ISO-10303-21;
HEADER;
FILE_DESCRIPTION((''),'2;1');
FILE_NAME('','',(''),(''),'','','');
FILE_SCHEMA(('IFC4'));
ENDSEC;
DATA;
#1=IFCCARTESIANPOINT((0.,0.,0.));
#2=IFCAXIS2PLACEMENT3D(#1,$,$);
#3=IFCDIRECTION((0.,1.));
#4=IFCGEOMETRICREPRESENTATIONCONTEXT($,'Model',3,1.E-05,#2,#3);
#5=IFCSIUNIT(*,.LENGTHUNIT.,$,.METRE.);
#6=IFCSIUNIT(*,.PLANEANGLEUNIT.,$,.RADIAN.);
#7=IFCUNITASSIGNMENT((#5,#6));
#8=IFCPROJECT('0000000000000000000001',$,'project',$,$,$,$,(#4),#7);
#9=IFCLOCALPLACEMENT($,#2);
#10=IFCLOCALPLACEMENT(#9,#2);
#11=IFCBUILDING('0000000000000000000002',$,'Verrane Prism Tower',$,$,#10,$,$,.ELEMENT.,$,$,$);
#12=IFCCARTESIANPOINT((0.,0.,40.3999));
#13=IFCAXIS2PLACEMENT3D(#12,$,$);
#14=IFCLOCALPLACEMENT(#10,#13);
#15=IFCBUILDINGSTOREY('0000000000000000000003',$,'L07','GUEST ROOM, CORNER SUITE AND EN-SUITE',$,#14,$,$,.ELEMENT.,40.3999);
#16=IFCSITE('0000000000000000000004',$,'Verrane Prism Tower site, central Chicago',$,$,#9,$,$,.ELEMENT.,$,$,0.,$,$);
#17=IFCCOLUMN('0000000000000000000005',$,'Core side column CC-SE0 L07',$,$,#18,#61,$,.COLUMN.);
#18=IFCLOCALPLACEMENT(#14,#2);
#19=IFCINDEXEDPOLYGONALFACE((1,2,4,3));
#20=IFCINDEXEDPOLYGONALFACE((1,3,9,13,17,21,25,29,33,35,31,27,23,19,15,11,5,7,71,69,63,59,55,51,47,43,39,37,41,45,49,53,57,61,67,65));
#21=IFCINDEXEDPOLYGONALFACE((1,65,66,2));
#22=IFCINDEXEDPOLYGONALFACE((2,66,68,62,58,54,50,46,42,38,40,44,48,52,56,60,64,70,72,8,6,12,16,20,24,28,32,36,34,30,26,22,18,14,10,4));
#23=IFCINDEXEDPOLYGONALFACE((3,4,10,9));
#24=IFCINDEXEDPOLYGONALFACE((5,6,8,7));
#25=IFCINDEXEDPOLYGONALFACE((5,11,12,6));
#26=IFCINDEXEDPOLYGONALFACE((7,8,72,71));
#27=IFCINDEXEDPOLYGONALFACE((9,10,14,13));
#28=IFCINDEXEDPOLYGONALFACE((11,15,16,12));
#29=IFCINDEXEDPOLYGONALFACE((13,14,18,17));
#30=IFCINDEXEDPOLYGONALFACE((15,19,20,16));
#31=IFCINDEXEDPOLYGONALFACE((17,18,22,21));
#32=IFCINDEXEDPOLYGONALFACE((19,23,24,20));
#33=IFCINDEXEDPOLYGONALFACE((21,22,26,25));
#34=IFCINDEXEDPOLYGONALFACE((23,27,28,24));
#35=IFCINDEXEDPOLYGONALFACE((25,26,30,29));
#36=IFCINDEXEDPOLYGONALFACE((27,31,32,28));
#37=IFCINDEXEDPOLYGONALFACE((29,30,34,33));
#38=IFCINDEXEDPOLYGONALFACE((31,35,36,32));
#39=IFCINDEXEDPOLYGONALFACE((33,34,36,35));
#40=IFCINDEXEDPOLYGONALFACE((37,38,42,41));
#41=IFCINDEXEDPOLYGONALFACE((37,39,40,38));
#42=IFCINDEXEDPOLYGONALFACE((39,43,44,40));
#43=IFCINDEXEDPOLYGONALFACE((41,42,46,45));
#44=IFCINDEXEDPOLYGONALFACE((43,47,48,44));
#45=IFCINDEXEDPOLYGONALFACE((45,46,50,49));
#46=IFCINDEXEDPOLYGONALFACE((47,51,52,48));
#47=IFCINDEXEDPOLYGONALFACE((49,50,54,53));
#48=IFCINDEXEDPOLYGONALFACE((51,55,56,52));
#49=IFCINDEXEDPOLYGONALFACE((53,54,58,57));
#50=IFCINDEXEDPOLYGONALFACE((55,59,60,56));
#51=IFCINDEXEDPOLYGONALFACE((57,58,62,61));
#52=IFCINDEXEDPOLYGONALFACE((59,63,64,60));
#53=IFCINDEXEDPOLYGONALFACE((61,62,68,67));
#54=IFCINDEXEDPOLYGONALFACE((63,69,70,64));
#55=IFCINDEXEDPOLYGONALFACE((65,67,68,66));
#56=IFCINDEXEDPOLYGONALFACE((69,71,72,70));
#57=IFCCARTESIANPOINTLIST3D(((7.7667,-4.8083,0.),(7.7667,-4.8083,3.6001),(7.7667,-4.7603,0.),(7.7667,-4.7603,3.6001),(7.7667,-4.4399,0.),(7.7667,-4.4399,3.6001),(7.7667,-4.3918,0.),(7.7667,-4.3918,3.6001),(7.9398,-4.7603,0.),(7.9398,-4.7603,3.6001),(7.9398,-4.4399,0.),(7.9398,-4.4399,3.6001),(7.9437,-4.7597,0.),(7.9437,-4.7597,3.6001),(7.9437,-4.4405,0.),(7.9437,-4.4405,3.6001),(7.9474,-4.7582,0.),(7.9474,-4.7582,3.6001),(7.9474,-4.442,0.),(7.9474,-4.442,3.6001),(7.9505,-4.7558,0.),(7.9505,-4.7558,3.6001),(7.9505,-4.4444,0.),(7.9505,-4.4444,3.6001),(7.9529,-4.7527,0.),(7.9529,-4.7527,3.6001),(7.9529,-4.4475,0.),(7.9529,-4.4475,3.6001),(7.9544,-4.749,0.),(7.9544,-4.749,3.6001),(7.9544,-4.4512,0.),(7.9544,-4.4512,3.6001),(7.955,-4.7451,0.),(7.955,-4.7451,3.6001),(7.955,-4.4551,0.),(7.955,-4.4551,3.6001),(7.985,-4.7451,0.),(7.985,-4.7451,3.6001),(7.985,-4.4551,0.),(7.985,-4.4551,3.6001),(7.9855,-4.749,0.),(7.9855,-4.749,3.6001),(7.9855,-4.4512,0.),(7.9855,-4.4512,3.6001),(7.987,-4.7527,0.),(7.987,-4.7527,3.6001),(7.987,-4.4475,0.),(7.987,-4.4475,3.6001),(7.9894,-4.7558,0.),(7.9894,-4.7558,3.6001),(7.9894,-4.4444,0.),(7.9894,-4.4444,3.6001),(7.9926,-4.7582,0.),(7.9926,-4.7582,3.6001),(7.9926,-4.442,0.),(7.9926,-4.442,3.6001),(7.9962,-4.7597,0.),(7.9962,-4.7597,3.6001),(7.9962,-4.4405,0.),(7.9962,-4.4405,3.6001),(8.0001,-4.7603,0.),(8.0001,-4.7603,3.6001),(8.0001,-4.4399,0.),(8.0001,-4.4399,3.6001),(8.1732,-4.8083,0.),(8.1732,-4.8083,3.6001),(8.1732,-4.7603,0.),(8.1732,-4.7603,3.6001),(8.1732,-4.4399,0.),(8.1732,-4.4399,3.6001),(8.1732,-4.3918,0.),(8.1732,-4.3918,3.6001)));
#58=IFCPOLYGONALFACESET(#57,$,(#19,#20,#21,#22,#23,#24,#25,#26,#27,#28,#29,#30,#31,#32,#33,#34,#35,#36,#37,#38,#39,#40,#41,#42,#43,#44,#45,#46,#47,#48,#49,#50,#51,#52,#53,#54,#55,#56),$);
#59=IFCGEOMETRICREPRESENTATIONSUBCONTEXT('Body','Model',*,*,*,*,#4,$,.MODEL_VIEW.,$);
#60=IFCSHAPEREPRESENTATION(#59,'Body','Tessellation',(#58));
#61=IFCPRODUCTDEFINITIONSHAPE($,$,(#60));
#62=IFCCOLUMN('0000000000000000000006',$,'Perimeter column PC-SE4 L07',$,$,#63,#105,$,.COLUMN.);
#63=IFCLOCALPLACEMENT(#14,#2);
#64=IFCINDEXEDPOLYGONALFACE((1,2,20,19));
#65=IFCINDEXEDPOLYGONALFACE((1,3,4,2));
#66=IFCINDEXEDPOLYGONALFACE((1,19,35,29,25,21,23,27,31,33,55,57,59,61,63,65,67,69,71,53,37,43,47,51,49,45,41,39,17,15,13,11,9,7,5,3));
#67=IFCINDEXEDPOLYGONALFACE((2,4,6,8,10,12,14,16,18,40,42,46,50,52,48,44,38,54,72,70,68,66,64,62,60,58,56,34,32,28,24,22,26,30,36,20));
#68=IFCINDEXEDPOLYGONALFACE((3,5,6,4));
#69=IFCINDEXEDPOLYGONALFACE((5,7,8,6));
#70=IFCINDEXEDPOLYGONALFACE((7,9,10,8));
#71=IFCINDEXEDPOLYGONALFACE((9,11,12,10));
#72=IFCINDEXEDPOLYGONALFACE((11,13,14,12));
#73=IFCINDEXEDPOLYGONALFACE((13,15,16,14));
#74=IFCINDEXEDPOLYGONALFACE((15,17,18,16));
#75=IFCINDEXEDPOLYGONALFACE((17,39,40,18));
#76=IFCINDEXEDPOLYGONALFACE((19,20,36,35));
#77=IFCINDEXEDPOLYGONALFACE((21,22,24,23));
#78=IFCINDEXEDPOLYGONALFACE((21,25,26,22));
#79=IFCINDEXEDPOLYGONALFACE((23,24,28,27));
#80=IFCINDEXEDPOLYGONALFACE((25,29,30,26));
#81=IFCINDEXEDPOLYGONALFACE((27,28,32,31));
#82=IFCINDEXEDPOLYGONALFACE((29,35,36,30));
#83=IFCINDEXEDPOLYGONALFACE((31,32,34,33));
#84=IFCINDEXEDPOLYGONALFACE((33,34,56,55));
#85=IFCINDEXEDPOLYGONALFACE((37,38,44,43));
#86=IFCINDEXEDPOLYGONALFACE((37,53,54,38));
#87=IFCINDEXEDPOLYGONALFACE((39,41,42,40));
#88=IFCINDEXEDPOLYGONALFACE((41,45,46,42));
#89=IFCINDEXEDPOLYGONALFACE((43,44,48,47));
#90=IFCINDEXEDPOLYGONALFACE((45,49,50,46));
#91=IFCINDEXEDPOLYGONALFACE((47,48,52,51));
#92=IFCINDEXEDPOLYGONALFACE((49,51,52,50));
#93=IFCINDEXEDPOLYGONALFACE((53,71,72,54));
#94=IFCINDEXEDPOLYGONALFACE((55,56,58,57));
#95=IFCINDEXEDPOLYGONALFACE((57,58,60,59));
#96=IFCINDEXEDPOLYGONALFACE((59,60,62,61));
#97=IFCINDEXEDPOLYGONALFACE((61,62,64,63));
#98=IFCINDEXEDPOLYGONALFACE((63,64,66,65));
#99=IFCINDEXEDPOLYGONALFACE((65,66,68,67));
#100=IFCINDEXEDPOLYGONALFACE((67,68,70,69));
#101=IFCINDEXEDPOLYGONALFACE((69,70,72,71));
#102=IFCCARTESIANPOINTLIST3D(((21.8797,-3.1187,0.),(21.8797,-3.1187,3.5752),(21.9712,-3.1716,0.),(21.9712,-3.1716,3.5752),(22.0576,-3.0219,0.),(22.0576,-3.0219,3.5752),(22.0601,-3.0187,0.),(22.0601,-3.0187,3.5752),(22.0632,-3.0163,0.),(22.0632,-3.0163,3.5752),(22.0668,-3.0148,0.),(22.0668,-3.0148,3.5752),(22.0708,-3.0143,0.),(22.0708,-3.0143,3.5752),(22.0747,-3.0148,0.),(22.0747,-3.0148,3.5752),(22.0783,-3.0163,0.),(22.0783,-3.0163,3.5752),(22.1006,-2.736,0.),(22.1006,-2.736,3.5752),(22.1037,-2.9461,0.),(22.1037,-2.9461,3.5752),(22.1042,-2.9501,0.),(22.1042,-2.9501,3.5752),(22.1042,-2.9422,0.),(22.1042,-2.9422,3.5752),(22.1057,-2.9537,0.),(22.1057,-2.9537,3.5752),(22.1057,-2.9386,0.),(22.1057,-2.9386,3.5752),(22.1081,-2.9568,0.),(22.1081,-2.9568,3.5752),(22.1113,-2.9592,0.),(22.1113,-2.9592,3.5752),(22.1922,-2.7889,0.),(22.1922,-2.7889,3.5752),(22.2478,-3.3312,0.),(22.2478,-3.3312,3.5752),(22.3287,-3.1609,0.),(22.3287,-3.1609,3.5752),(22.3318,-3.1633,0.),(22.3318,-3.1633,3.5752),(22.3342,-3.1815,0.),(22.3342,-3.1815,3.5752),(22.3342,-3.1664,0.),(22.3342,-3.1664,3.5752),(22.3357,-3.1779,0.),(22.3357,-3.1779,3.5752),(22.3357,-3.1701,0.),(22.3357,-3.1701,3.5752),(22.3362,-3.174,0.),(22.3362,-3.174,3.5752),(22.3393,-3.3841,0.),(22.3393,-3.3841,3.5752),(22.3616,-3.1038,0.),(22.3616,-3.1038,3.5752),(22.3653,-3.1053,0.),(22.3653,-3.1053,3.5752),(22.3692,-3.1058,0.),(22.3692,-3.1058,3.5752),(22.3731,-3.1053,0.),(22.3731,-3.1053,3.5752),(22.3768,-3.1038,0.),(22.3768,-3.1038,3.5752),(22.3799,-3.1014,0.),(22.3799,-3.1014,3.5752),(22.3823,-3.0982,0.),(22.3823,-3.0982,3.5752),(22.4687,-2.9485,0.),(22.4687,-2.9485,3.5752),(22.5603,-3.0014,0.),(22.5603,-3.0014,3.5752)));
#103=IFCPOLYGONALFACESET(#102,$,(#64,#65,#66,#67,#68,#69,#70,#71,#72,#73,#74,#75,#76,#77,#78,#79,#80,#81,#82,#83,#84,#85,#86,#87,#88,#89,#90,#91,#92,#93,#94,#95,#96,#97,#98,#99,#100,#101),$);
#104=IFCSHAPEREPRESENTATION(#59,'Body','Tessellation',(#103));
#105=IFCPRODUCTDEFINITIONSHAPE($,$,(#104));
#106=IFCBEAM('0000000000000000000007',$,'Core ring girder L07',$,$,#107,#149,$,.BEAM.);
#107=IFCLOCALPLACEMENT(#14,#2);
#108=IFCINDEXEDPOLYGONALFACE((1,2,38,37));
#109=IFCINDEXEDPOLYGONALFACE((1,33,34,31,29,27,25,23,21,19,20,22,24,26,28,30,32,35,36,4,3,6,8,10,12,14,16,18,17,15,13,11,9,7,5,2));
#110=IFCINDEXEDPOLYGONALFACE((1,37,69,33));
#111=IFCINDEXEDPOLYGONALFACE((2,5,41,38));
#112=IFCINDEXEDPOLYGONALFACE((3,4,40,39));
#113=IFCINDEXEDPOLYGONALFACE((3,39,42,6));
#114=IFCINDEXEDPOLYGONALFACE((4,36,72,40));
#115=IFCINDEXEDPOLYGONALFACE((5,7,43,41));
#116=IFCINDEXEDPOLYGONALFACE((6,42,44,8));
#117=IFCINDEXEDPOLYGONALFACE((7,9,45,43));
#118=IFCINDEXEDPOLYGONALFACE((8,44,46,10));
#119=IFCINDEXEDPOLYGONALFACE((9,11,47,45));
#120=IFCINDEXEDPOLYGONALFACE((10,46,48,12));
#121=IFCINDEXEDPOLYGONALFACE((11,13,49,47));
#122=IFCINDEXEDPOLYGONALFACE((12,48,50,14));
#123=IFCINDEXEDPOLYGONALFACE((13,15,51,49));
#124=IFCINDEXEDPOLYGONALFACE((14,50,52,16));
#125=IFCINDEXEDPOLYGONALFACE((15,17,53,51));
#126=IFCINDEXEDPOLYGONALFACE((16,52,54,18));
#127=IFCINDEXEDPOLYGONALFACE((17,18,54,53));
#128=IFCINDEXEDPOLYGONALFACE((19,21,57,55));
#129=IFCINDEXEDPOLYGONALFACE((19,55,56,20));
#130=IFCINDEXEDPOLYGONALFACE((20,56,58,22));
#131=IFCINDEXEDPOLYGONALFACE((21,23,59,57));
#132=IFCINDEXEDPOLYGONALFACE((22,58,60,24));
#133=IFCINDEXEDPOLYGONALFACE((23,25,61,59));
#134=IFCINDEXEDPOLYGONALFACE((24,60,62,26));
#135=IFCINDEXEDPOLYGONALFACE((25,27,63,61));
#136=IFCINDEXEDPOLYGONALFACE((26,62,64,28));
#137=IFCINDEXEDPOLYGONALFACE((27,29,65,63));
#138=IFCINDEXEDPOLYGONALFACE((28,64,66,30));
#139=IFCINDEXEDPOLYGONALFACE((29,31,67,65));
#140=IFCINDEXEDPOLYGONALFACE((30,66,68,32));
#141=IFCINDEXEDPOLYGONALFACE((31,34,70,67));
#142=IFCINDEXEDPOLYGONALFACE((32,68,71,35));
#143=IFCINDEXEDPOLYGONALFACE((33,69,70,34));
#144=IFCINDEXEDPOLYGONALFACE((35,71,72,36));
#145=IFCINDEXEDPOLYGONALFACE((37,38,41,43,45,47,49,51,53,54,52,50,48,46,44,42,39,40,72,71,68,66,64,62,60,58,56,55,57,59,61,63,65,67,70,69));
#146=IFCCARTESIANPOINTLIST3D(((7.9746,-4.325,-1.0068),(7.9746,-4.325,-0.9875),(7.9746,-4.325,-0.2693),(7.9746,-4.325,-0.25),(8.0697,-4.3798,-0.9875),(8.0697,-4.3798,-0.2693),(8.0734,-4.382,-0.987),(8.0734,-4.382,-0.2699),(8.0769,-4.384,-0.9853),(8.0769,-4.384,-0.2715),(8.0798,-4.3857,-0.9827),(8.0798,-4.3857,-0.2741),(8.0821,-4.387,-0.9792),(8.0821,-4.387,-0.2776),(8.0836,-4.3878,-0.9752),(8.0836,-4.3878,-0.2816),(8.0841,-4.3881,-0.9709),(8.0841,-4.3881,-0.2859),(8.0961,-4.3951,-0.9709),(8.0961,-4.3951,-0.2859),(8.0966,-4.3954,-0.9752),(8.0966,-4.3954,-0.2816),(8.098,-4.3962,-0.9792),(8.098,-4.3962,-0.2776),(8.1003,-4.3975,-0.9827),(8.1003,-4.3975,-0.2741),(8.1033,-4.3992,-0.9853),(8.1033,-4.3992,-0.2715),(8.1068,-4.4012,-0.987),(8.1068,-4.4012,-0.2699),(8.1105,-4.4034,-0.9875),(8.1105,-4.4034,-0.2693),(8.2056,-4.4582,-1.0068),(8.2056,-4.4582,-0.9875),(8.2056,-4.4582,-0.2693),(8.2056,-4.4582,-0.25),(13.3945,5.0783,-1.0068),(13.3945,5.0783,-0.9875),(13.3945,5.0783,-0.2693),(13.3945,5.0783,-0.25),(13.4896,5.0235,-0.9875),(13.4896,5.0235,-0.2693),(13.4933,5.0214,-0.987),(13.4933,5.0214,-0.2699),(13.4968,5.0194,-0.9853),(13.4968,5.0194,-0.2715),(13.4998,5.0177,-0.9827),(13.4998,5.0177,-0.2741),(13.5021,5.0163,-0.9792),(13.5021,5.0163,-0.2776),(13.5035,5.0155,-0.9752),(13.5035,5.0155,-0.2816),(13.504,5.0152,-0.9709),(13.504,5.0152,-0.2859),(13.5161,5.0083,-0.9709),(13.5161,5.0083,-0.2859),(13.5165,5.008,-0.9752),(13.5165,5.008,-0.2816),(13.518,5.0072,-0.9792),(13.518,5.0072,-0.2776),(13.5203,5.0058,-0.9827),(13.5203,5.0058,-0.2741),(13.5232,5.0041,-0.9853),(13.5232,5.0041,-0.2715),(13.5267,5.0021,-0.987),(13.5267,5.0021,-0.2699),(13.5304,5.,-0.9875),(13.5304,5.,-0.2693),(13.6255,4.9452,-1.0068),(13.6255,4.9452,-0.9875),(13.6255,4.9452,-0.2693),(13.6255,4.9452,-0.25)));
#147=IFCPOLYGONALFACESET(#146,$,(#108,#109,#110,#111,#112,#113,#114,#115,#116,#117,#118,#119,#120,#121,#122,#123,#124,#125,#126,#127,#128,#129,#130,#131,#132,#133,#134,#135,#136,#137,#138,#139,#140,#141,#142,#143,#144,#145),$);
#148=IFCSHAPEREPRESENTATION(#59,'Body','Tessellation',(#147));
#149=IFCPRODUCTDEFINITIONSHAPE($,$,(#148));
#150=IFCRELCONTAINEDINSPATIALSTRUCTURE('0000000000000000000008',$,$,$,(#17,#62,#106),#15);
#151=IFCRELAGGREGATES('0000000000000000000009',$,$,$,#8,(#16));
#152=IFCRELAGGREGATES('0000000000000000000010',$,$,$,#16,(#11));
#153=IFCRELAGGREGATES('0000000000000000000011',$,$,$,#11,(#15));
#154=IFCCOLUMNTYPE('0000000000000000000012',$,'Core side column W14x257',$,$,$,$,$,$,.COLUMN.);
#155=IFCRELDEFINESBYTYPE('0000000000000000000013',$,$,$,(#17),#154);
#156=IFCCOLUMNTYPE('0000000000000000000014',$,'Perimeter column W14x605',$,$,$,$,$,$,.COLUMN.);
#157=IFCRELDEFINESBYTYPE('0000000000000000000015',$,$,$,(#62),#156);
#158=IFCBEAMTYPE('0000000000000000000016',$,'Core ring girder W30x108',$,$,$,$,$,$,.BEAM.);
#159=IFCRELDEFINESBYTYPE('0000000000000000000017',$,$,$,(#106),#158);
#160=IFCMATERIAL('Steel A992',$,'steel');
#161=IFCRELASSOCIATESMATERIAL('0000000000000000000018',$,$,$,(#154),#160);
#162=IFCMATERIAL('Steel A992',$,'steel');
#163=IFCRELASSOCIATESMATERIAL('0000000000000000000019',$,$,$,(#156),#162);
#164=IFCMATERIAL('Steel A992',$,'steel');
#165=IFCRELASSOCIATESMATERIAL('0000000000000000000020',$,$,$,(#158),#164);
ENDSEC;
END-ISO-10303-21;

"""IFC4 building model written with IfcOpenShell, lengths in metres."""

from ifc_helpers import new_model, si_unit, direction, frame, origin, origin_2d, place, context, subcontext, project, spatial, i_section, extrude, material, material_profile, profile_set, type_object, element, save


model = new_model("IFC4")

# Units and contexts
model_context = context("Model", 3, precision=1e-05, world=origin(), true_north=direction((0.0, 1.0)))
body_context = subcontext(model_context, "Body", "Model", "MODEL_VIEW")
ifc_project = project(units=[si_unit("LENGTHUNIT", "METRE"), si_unit("PLANEANGLEUNIT", "RADIAN")], contexts=[model_context])

# Site, building, storey
site_placement = place(None, origin())
site = spatial("IfcSite", under=ifc_project, at=site_placement, Name="Verrane Prism Tower site, central Chicago", CompositionType="ELEMENT", RefElevation=0.0)
building_placement = place(site_placement, origin())
building = spatial("IfcBuilding", under=site, at=building_placement, Name="Verrane Prism Tower", CompositionType="ELEMENT")
storey_placement = place(building_placement, frame((0.0, 0.0, 40.3999)))
storey = spatial("IfcBuildingStorey", under=building, at=storey_placement, Name="L07", Description="GUEST ROOM, CORNER SUITE AND EN-SUITE", CompositionType="ELEMENT", Elevation=40.3999)

# Columns
ifc_material_1 = material(Name="Steel A992", Category="steel")
ifc_material_profile_1 = material_profile(ifc_material_1, i_section(OverallWidth=0.4065, OverallDepth=0.4165, WebThickness=0.03, FlangeThickness=0.0481, FilletRadius=0.0151, at=origin_2d()), Name="W14x257")
ifc_profile_set_1 = profile_set([ifc_material_profile_1], Name="Steel A992")
column_type_1 = type_object("IfcColumnType", Name="Core side column W14x257", PredefinedType="COLUMN", material=ifc_profile_set_1)
column_1_placement = place(storey_placement, frame((7.97, -4.6001, 0.0), z_axis=(0.0, 0.0, 1.0), x_axis=(1.0, 0.0, 0.0)))
element("IfcColumn", 1, at=column_1_placement, inside=storey, type_object=column_type_1, Name="Core side column CC-SE0 L07", PredefinedType="COLUMN", context=body_context, shape_type="SweptSolid", body=[
    extrude(i_section(OverallWidth=0.4065, OverallDepth=0.4165, WebThickness=0.03, FlangeThickness=0.0481, FilletRadius=0.0151, at=origin_2d()), origin(), (0.0, 0.0, 1.0), 3.6001),
])
ifc_material_2 = material(Name="Steel A992", Category="steel")
ifc_material_profile_2 = material_profile(ifc_material_2, i_section(OverallWidth=0.4419, OverallDepth=0.5308, WebThickness=0.0659, FlangeThickness=0.1057, FilletRadius=0.0151, at=origin_2d()), Name="W14x605")
ifc_profile_set_2 = profile_set([ifc_material_profile_2], Name="Steel A992")
column_type_2 = type_object("IfcColumnType", Name="Perimeter column W14x605", PredefinedType="COLUMN", material=ifc_profile_set_2)
column_2_placement = place(storey_placement, frame((22.22, -3.0601, 0.0), z_axis=(0.0, 0.0, 1.0), x_axis=(-0.5, -0.866025, 0.0)))
element("IfcColumn", 2, at=column_2_placement, inside=storey, type_object=column_type_2, Name="Perimeter column PC-SE4 L07", PredefinedType="COLUMN", context=body_context, shape_type="SweptSolid", body=[
    extrude(i_section(OverallWidth=0.4419, OverallDepth=0.5308, WebThickness=0.0659, FlangeThickness=0.1057, FilletRadius=0.0151, at=origin_2d()), origin(), (0.0, 0.0, 1.0), 3.5752),
])

# Beam
ifc_material_3 = material(Name="Steel A992", Category="steel")
ifc_material_profile_3 = material_profile(ifc_material_3, i_section(OverallWidth=0.2666, OverallDepth=0.7568, WebThickness=0.0139, FlangeThickness=0.0193, FilletRadius=0.0166, at=origin_2d()), Name="W30x108")
ifc_profile_set_3 = profile_set([ifc_material_profile_3], Name="Steel A992")
beam_type_1 = type_object("IfcBeamType", Name="Core ring girder W30x108", PredefinedType="BEAM", material=ifc_profile_set_3)
beam_1_placement = place(storey_placement, frame((8.0901, -4.3916, -0.6284), z_axis=(0.499372, 0.866388, 0.0), x_axis=(-0.866388, 0.499372, 0.0)))
element("IfcBeam", 3, at=beam_1_placement, inside=storey, type_object=beam_type_1, Name="Core ring girder L07", PredefinedType="BEAM", context=body_context, shape_type="SweptSolid", body=[
    extrude(i_section(OverallWidth=0.2666, OverallDepth=0.7568, WebThickness=0.0139, FlangeThickness=0.0193, FilletRadius=0.0166, at=origin_2d()), origin(), (0.0, 0.0, 1.0), 10.8535),
])

save(model, "model.ifc")
